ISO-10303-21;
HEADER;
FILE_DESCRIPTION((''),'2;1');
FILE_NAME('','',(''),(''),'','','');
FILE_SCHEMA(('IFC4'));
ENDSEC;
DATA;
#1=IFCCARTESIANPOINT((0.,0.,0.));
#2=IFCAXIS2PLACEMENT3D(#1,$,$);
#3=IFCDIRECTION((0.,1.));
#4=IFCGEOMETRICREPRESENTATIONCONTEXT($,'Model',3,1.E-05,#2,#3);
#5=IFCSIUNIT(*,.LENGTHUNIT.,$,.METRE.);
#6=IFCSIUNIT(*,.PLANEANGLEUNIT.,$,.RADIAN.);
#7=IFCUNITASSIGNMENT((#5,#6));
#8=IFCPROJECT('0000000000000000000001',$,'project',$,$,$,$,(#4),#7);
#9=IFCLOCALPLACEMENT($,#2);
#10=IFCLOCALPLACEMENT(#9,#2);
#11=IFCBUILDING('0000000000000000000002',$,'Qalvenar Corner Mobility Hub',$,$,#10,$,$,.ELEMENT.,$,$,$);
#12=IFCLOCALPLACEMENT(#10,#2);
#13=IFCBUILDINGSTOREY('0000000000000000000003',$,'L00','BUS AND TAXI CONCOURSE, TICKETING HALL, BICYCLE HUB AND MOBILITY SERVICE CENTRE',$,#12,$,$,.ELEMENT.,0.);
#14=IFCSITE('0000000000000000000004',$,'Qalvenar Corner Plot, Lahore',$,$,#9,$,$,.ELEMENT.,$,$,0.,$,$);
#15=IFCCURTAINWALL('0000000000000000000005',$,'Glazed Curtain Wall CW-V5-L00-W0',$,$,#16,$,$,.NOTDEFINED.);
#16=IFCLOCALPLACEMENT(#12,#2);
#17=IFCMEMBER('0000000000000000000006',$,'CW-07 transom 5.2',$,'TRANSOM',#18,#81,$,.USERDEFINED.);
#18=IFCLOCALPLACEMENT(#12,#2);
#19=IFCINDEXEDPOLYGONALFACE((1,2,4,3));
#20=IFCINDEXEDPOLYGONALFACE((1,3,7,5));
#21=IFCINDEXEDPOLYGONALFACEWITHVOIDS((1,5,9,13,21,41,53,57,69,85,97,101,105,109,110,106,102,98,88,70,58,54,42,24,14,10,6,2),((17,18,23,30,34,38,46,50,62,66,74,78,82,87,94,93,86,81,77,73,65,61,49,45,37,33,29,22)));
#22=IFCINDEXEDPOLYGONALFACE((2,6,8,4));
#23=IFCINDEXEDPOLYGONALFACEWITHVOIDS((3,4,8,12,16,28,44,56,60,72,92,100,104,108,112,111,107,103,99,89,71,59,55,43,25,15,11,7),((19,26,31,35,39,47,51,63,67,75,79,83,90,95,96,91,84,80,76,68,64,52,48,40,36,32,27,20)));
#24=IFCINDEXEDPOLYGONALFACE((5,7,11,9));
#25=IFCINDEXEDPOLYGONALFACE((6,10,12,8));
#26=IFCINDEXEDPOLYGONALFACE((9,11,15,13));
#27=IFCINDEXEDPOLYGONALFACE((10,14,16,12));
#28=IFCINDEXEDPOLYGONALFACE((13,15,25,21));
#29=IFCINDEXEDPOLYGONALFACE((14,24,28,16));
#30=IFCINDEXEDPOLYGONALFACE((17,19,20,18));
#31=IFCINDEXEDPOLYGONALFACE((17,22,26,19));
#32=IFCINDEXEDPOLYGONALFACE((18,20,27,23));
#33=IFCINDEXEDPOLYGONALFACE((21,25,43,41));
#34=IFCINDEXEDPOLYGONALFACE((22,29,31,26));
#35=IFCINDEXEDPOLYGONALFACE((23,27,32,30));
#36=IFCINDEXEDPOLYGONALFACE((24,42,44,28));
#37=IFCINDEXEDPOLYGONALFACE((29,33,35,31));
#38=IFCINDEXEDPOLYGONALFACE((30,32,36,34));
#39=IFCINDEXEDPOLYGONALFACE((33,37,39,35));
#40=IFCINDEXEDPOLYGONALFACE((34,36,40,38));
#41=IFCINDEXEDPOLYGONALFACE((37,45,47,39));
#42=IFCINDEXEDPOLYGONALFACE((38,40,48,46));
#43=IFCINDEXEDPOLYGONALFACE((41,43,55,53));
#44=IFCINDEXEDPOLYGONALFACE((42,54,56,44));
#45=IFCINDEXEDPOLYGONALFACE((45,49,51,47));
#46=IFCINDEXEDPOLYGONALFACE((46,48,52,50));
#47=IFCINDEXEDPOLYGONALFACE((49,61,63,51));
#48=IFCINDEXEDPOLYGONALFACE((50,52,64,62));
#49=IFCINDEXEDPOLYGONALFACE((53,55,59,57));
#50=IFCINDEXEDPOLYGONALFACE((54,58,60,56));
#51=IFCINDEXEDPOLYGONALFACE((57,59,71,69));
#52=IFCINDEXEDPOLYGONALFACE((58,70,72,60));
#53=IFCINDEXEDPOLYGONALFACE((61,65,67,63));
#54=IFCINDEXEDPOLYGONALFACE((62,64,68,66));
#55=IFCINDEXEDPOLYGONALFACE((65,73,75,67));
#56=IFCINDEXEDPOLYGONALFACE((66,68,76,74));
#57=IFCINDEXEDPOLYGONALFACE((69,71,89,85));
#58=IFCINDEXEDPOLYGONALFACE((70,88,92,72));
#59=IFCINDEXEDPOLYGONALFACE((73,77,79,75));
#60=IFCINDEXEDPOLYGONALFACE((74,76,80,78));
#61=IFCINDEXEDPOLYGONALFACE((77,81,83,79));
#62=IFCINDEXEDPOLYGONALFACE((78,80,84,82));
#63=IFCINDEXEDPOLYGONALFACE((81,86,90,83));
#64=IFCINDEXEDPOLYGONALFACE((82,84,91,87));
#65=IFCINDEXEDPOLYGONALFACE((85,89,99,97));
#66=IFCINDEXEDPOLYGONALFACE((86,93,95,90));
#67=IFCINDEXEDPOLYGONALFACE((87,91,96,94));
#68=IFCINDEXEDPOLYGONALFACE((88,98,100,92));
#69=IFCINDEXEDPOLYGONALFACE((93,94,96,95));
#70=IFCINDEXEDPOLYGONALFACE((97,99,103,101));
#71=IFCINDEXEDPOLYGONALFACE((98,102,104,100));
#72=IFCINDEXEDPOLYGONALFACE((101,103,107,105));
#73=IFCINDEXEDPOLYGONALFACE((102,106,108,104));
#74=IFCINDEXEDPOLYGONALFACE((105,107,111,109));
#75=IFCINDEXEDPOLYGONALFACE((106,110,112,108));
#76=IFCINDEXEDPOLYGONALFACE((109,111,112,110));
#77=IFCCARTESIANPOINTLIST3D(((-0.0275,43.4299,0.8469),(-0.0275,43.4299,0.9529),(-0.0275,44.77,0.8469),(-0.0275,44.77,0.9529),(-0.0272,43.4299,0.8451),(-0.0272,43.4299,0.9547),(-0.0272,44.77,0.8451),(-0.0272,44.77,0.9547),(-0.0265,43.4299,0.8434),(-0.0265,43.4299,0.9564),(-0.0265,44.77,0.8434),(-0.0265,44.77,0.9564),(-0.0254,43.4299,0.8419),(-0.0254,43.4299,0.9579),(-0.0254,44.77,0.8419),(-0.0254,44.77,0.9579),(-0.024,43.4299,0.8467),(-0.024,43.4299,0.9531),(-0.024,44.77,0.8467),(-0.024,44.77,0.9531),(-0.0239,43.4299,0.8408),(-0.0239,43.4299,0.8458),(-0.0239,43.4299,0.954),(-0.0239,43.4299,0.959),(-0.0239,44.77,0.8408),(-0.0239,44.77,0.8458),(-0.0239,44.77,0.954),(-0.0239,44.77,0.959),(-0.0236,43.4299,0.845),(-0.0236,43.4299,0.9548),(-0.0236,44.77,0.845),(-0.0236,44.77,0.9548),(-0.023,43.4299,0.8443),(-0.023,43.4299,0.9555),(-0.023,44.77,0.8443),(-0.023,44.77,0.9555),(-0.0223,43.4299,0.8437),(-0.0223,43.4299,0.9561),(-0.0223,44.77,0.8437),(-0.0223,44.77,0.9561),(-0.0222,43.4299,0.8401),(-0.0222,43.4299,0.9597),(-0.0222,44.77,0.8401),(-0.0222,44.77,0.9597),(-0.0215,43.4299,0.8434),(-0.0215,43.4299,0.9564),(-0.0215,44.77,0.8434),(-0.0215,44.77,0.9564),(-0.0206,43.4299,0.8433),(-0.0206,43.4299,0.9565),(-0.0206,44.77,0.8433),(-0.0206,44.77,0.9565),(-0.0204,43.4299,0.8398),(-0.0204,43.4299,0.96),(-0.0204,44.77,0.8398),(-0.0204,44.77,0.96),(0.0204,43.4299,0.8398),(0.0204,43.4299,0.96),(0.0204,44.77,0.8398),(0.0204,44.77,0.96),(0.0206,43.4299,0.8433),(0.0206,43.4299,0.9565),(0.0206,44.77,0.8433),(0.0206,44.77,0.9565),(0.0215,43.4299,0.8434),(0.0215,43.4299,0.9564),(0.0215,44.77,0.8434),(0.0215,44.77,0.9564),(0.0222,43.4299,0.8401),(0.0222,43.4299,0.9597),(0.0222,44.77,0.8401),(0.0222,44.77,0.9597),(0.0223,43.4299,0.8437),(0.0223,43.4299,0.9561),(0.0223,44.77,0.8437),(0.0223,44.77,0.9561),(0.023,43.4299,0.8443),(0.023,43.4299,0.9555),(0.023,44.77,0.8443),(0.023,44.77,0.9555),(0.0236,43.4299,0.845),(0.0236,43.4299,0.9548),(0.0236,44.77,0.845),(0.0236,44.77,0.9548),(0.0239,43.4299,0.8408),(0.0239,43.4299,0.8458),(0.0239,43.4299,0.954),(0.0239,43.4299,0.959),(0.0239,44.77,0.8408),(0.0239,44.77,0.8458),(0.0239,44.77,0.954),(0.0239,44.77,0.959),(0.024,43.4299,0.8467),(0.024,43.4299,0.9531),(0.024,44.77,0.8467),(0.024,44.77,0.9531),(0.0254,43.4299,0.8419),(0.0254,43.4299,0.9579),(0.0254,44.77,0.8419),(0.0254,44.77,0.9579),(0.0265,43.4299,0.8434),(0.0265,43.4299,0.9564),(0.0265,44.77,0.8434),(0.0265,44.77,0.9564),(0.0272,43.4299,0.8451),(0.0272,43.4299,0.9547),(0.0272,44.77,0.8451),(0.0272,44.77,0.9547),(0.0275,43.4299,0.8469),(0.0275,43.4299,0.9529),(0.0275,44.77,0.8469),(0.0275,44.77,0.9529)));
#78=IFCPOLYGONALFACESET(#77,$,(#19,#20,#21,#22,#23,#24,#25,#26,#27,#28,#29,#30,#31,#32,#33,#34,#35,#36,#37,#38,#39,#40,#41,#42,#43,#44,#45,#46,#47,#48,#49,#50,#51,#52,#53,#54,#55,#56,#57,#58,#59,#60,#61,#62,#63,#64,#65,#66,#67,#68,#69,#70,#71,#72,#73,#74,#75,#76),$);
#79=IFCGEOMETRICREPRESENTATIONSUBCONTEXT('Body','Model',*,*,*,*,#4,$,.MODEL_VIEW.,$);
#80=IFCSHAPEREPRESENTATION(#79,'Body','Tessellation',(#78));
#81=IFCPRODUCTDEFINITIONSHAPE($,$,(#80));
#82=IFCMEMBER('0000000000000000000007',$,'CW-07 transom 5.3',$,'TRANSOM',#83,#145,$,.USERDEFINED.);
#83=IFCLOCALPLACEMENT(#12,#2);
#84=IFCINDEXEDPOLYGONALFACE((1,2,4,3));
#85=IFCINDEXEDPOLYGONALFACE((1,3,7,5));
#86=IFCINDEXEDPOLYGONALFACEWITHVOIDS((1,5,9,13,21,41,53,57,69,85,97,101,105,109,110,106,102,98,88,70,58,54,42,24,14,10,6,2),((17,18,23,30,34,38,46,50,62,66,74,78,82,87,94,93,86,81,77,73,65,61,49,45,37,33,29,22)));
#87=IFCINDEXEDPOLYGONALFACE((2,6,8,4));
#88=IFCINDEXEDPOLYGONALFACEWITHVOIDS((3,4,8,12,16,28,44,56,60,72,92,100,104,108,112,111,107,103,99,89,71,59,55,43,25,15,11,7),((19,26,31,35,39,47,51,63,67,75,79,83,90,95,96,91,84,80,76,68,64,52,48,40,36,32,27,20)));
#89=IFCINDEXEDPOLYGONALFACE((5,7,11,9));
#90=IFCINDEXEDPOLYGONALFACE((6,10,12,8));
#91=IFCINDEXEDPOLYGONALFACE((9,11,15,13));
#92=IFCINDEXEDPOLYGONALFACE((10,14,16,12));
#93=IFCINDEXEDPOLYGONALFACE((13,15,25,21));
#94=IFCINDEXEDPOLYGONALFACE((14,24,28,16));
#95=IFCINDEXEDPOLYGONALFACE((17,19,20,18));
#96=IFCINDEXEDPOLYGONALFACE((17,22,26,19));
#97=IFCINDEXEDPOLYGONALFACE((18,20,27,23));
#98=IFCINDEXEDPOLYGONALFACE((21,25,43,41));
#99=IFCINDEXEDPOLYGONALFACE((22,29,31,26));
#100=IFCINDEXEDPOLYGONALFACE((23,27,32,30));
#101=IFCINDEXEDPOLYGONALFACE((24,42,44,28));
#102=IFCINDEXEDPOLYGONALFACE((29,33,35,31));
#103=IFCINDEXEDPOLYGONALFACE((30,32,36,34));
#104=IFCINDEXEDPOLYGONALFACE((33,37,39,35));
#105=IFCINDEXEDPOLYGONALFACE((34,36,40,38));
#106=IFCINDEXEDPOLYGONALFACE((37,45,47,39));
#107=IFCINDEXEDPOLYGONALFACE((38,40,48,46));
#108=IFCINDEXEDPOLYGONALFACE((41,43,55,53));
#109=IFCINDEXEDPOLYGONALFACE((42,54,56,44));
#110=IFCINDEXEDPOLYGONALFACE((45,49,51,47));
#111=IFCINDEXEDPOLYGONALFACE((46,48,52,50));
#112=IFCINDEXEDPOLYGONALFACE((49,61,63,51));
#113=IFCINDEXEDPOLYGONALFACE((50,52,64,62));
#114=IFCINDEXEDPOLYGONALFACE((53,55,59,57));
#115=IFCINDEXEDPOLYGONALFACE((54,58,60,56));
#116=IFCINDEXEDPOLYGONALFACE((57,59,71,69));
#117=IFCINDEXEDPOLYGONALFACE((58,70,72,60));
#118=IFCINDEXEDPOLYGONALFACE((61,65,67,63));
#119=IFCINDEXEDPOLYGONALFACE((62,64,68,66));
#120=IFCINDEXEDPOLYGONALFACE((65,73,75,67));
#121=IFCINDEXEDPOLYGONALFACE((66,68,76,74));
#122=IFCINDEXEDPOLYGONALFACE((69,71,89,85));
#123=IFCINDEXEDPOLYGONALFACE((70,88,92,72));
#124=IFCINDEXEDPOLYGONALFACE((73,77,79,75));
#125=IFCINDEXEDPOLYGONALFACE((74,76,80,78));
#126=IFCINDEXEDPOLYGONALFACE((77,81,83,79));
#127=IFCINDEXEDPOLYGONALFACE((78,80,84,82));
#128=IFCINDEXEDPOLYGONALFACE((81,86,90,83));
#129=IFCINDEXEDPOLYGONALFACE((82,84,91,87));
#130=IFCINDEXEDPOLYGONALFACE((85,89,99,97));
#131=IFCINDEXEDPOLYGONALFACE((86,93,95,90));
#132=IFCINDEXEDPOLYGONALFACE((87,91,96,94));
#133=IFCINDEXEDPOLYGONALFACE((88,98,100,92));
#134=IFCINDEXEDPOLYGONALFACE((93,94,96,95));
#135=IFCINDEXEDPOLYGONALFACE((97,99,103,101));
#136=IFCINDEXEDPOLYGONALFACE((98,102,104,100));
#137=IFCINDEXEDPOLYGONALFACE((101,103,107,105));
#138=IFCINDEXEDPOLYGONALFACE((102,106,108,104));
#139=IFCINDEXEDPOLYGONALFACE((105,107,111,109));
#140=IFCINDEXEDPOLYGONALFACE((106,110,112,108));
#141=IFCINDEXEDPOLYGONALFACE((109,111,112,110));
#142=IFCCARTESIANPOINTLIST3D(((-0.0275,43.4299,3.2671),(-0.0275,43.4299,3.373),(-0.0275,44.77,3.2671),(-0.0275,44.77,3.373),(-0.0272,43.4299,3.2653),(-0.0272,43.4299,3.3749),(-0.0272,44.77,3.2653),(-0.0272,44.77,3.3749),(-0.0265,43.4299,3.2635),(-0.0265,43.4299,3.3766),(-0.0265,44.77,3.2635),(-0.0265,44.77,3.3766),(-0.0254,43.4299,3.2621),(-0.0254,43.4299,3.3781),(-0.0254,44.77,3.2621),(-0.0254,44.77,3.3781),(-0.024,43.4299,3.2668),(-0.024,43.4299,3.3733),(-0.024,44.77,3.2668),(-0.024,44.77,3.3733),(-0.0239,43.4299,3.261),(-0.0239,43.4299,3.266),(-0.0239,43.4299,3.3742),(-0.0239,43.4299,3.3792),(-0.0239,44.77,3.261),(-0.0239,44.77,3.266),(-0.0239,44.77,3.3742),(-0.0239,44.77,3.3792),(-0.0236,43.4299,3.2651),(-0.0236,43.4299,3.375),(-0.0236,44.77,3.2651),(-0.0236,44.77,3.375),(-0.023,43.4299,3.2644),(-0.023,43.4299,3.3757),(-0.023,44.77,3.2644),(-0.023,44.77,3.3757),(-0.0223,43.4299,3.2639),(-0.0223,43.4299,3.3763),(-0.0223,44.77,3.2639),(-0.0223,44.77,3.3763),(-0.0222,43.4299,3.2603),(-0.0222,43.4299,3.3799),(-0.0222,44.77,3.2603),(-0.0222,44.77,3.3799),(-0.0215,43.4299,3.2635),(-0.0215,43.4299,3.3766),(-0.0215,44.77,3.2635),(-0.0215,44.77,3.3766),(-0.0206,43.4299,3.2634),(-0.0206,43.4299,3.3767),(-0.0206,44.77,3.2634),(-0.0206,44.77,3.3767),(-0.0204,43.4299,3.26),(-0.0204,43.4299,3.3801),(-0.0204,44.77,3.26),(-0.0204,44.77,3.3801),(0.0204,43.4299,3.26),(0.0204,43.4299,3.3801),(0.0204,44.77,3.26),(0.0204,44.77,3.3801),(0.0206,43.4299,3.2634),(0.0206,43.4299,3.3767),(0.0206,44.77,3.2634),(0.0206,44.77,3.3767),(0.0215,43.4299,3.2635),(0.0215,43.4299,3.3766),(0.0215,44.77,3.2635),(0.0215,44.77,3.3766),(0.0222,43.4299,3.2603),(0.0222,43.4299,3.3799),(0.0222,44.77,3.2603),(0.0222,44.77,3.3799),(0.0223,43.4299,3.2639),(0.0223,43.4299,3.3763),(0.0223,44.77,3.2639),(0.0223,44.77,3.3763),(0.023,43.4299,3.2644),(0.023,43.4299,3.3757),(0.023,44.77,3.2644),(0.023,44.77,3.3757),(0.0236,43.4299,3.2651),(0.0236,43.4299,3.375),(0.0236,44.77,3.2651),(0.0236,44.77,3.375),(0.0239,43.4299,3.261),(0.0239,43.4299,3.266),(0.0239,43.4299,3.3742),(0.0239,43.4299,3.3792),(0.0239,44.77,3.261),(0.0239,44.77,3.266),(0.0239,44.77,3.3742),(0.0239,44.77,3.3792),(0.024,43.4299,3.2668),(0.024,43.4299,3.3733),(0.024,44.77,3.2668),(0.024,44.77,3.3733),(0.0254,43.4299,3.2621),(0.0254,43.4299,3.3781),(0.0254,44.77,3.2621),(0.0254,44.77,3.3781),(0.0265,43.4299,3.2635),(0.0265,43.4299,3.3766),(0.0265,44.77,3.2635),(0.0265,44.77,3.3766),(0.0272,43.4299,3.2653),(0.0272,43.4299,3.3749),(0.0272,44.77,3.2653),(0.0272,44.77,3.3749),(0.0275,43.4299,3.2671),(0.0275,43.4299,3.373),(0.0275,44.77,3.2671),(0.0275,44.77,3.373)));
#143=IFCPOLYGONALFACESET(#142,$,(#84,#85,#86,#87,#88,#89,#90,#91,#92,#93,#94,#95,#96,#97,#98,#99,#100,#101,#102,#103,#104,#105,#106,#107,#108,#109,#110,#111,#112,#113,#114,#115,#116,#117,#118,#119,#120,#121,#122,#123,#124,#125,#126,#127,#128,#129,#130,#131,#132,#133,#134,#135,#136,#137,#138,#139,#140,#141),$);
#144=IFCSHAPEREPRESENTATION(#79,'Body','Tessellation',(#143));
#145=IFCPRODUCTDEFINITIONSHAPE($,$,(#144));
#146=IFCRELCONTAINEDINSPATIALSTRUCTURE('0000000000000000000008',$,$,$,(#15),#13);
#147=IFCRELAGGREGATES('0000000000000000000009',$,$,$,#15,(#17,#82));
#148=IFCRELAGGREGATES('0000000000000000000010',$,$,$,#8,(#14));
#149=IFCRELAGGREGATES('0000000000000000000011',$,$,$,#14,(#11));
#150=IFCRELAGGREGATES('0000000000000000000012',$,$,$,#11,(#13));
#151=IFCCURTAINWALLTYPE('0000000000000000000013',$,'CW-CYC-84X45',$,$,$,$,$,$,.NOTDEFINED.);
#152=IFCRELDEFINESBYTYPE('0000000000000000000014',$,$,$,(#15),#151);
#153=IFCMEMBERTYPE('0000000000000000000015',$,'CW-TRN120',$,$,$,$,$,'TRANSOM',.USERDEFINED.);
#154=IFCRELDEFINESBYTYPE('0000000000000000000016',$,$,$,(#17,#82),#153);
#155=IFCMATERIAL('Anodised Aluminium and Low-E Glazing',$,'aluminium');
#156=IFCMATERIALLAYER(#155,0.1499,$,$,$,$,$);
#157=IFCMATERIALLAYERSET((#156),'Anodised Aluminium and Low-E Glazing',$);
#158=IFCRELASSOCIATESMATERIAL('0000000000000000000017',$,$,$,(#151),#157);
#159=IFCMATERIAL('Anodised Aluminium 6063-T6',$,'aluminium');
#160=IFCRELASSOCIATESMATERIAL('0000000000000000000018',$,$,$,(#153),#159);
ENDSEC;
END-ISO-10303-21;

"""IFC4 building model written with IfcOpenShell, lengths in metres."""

from ifc_helpers import new_model, si_unit, direction, frame, origin, origin_2d, place, context, subcontext, project, spatial, hollow_rectangle, extrude, material, layer, layer_set, material_profile, profile_set, type_object, element, aggregate, save


model = new_model("IFC4")

# Units and contexts
model_context = context("Model", 3, precision=1e-05, world=origin(), true_north=direction((0.0, 1.0)))
body_context = subcontext(model_context, "Body", "Model", "MODEL_VIEW")
ifc_project = project(units=[si_unit("LENGTHUNIT", "METRE"), si_unit("PLANEANGLEUNIT", "RADIAN")], contexts=[model_context])

# Site, building, storey
site_placement = place(None, origin())
site = spatial("IfcSite", under=ifc_project, at=site_placement, Name="Qalvenar Corner Plot, Lahore", CompositionType="ELEMENT", RefElevation=0.0)
building_placement = place(site_placement, origin())
building = spatial("IfcBuilding", under=site, at=building_placement, Name="Qalvenar Corner Mobility Hub", CompositionType="ELEMENT")
storey_placement = place(building_placement, origin())
storey = spatial("IfcBuildingStorey", under=building, at=storey_placement, Name="L00", Description="BUS AND TAXI CONCOURSE, TICKETING HALL, BICYCLE HUB AND MOBILITY SERVICE CENTRE", CompositionType="ELEMENT", Elevation=0.0)

# Curtain wall, members
ifc_material_1 = material(Name="Anodised Aluminium and Low-E Glazing", Category="aluminium")
ifc_layer_1 = layer(ifc_material_1, 0.1499)
ifc_layer_set_1 = layer_set([ifc_layer_1], Name="Anodised Aluminium and Low-E Glazing")
curtain_wall_type = type_object("IfcCurtainWallType", Name="CW-CYC-84X45", PredefinedType="NOTDEFINED", material=ifc_layer_set_1)
curtain_wall_placement = place(storey_placement, origin())
curtain_wall = element("IfcCurtainWall", 1, at=curtain_wall_placement, inside=storey, type_object=curtain_wall_type, Name="Glazed Curtain Wall CW-V5-L00-W0", PredefinedType="NOTDEFINED")
ifc_material_2 = material(Name="Anodised Aluminium 6063-T6", Category="aluminium")
ifc_material_profile_1 = material_profile(ifc_material_2, hollow_rectangle(XDim=0.0549, YDim=0.1201, WallThickness=0.0034, InnerFilletRadius=0.0034, OuterFilletRadius=0.0071, at=origin_2d()), Name="RHS120x55x3.5")
ifc_profile_set_1 = profile_set([ifc_material_profile_1], Name="Anodised Aluminium 6063-T6")
member_type_1 = type_object("IfcMemberType", Name="CW-TRN120", ElementType="TRANSOM", PredefinedType="USERDEFINED", material=ifc_profile_set_1)
member_1_placement = place(storey_placement, frame((0.0, 44.77, 0.8999), z_axis=(0.0, -1.0, 0.0), x_axis=(1.0, 0.0, 0.0)))
member_1 = element("IfcMember", 2, at=member_1_placement, type_object=member_type_1, Name="CW-07 transom 5.2", ObjectType="TRANSOM", PredefinedType="USERDEFINED", context=body_context, shape_type="SweptSolid", body=[
    extrude(hollow_rectangle(XDim=0.0549, YDim=0.1201, WallThickness=0.0034, InnerFilletRadius=0.0034, OuterFilletRadius=0.0071, at=origin_2d()), origin(), (0.0, 0.0, 1.0), 1.3401),
])
member_2_placement = place(storey_placement, frame((0.0, 44.77, 3.3201), z_axis=(0.0, -1.0, 0.0), x_axis=(1.0, 0.0, 0.0)))
member_2 = element("IfcMember", 3, at=member_2_placement, type_object=member_type_1, Name="CW-07 transom 5.3", ObjectType="TRANSOM", PredefinedType="USERDEFINED", context=body_context, shape_type="SweptSolid", body=[
    extrude(hollow_rectangle(XDim=0.0549, YDim=0.1201, WallThickness=0.0034, InnerFilletRadius=0.0034, OuterFilletRadius=0.0071, at=origin_2d()), origin(), (0.0, 0.0, 1.0), 1.3401),
])
aggregate(curtain_wall, [member_1, member_2])

save(model, "model.ifc")
